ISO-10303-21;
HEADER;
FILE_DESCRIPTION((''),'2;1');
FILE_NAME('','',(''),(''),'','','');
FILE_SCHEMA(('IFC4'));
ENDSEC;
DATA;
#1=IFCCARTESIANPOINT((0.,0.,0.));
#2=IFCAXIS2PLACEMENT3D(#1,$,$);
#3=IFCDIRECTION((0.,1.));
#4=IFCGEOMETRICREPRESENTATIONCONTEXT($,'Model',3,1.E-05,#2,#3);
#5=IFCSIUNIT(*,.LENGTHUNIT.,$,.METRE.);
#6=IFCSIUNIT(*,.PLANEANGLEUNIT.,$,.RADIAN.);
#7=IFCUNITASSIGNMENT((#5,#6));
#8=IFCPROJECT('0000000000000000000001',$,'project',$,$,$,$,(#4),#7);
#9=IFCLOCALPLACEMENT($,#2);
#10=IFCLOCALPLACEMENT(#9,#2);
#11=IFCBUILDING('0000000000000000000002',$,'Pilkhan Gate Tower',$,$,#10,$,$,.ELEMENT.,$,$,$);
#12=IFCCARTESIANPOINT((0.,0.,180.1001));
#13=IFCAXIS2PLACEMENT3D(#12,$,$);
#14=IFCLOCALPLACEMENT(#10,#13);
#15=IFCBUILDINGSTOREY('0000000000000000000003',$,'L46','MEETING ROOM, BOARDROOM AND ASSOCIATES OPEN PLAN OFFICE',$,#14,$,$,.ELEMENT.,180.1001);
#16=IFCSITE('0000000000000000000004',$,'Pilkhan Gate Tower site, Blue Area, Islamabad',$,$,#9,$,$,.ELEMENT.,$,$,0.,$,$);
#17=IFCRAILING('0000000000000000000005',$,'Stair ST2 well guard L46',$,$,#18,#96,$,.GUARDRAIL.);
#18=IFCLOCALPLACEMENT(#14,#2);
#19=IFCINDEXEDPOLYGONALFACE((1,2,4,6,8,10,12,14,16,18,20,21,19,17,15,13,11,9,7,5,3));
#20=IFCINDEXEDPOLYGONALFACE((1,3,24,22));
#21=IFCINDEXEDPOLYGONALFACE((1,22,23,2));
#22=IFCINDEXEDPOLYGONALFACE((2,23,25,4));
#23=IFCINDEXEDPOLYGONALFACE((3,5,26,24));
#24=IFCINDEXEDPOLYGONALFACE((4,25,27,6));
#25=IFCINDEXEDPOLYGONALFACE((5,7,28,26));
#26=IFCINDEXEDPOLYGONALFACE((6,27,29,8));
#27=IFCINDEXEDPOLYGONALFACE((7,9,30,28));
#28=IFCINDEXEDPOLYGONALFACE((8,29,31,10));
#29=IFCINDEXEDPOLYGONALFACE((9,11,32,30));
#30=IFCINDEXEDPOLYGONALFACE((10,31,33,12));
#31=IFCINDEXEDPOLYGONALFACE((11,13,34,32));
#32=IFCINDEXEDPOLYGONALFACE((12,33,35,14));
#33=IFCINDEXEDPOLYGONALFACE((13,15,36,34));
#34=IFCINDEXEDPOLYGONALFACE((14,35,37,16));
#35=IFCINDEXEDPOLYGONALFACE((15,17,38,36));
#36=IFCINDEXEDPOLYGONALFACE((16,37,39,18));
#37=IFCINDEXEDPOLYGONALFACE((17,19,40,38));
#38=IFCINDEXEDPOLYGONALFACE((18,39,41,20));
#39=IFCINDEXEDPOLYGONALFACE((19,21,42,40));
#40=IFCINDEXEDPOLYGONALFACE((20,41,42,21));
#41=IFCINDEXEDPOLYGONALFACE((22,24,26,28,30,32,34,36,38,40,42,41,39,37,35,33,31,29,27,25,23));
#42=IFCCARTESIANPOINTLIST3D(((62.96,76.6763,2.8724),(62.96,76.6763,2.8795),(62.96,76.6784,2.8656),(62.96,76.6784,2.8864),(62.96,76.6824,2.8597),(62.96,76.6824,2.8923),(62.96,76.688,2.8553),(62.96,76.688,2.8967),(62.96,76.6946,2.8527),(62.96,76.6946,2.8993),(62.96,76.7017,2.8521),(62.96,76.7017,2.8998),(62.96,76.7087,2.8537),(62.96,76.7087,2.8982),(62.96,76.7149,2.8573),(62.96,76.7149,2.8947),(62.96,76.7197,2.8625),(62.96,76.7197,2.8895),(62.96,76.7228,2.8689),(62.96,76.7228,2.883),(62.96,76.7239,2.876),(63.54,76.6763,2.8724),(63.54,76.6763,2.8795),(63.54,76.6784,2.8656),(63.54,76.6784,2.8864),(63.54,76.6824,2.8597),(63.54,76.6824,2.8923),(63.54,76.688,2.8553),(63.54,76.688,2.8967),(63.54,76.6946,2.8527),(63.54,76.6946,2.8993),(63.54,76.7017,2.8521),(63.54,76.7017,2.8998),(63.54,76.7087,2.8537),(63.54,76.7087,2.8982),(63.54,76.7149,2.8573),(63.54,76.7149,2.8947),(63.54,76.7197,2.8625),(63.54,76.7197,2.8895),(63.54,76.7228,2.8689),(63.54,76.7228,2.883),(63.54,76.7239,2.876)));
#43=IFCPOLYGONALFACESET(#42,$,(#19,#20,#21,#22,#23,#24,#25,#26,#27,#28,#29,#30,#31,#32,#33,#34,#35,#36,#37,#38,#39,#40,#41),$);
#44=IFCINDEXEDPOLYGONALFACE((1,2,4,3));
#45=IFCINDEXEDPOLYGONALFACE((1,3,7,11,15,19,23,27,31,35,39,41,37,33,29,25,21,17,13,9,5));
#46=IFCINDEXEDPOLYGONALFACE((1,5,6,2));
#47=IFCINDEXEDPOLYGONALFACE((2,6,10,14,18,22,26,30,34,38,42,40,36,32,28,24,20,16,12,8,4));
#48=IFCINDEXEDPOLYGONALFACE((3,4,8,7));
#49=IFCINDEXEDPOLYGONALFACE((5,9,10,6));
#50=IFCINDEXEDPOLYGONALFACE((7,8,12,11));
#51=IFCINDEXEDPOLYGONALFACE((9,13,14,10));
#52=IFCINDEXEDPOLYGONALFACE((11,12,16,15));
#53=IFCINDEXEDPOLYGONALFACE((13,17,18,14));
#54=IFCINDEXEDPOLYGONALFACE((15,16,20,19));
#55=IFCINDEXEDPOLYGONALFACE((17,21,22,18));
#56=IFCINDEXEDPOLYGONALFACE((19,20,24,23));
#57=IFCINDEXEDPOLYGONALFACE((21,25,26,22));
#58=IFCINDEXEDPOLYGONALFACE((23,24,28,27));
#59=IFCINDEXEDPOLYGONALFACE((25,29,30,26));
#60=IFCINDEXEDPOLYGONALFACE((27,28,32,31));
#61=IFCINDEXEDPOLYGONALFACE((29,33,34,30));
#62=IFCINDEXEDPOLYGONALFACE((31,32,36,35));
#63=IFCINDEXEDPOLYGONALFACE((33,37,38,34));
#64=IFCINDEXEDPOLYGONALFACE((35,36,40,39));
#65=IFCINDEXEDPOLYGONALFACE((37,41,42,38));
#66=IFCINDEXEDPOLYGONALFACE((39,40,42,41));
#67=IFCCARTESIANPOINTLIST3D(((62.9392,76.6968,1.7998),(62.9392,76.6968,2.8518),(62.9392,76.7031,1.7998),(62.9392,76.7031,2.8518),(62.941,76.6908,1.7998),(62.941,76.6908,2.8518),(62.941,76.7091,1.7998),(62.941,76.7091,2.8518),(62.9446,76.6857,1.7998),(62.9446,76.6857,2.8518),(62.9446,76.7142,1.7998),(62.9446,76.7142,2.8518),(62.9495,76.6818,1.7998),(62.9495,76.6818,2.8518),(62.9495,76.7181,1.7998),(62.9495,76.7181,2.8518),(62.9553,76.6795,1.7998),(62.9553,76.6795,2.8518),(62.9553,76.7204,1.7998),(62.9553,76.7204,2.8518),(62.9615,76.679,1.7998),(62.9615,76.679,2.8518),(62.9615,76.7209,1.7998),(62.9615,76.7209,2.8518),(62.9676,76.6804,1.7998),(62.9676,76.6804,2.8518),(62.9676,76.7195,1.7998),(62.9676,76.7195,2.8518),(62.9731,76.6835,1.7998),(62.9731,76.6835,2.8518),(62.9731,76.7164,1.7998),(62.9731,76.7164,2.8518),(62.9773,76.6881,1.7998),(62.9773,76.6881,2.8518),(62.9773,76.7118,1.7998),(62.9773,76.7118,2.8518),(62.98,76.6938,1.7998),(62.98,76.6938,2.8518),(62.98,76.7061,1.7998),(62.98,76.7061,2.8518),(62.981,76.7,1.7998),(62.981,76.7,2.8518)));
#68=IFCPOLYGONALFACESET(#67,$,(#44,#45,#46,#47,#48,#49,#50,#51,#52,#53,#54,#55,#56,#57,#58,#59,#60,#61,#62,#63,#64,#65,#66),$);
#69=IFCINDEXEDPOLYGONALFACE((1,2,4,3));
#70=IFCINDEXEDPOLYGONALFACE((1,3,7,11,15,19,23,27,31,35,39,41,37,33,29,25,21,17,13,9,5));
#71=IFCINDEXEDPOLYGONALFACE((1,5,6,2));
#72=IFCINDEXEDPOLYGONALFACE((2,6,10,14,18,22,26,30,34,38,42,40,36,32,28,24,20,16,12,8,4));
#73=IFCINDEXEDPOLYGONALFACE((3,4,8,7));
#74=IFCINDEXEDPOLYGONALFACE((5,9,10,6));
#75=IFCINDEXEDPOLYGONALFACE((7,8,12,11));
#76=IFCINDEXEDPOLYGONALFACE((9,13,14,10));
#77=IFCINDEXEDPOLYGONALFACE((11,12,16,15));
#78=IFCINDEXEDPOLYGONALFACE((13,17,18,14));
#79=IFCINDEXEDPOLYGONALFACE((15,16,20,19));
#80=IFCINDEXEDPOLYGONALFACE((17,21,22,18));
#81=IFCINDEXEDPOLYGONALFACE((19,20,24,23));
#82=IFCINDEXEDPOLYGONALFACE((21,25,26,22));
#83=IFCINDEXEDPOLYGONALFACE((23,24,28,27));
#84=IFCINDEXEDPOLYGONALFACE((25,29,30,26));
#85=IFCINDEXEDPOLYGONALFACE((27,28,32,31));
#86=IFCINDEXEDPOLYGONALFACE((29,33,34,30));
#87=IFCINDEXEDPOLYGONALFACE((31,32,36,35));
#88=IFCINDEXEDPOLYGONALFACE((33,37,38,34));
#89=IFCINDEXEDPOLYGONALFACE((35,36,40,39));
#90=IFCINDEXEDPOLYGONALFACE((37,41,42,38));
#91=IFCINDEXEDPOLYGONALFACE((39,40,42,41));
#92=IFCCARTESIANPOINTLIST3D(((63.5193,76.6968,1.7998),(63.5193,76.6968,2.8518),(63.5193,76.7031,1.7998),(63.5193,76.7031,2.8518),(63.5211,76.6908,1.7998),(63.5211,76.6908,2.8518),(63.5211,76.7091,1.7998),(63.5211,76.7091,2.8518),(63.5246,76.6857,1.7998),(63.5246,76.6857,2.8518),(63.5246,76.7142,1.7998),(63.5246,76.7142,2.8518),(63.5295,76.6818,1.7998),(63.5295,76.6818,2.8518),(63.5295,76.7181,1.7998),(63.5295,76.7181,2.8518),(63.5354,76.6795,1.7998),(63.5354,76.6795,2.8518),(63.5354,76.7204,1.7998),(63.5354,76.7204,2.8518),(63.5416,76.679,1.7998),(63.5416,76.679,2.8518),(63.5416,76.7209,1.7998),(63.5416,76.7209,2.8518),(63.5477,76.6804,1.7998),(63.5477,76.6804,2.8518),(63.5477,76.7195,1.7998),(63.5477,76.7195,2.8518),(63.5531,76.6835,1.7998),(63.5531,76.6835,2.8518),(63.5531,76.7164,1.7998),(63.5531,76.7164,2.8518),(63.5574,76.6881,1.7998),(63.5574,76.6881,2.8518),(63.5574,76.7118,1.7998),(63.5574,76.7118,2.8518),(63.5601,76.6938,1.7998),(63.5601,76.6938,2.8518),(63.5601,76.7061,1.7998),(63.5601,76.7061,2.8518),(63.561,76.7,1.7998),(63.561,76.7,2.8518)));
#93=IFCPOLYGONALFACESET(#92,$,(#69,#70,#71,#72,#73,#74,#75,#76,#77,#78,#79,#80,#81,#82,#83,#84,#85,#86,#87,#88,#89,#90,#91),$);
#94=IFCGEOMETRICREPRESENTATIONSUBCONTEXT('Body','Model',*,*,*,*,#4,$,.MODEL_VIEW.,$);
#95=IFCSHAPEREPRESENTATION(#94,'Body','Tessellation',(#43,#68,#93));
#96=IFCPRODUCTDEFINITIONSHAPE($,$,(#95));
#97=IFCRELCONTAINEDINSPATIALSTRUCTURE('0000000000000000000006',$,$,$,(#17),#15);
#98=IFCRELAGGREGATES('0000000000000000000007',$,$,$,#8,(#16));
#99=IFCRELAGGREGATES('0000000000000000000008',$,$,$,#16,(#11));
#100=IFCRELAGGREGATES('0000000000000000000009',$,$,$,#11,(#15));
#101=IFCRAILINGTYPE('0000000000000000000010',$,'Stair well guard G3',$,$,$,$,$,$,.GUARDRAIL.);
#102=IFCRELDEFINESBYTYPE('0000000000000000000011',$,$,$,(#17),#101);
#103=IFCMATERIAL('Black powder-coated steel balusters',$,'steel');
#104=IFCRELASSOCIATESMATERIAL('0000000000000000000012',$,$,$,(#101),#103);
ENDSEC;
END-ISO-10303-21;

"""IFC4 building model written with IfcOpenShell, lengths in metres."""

from ifc_helpers import new_model, si_unit, direction, frame, origin, origin_2d, place, context, subcontext, project, spatial, circle, extrude, material, type_object, element, save


model = new_model("IFC4")

# Units and contexts
model_context = context("Model", 3, precision=1e-05, world=origin(), true_north=direction((0.0, 1.0)))
body_context = subcontext(model_context, "Body", "Model", "MODEL_VIEW")
ifc_project = project(units=[si_unit("LENGTHUNIT", "METRE"), si_unit("PLANEANGLEUNIT", "RADIAN")], contexts=[model_context])

# Site, building, storey
site_placement = place(None, origin())
site = spatial("IfcSite", under=ifc_project, at=site_placement, Name="Pilkhan Gate Tower site, Blue Area, Islamabad", CompositionType="ELEMENT", RefElevation=0.0)
building_placement = place(site_placement, origin())
building = spatial("IfcBuilding", under=site, at=building_placement, Name="Pilkhan Gate Tower", CompositionType="ELEMENT")
storey_placement = place(building_placement, frame((0.0, 0.0, 180.1001)))
storey = spatial("IfcBuildingStorey", under=building, at=storey_placement, Name="L46", Description="MEETING ROOM, BOARDROOM AND ASSOCIATES OPEN PLAN OFFICE", CompositionType="ELEMENT", Elevation=180.1001)

# Railing
ifc_material_1 = material(Name="Black powder-coated steel balusters", Category="steel")
railing_type_1 = type_object("IfcRailingType", Name="Stair well guard G3", PredefinedType="GUARDRAIL", material=ifc_material_1)
for number, where, name in (
    (1, (62.96, 76.7, 1.7998), "Stair ST2 well guard L46"),
):
    element("IfcRailing", number, at=place(storey_placement, frame(where)), inside=storey, type_object=railing_type_1, Name=name, PredefinedType="GUARDRAIL", context=body_context, shape_type="SweptSolid", body=[
        extrude(circle(Radius=0.0239, at=origin_2d()), frame((0.0, 0.0, 1.0762), z_axis=(1.0, 0.0, 0.0), x_axis=(0.0, 1.0, 0.0)), (0.0, 0.0, 1.0), 0.5801),
        extrude(circle(Radius=0.021, at=origin_2d()), origin(), (0.0, 0.0, 1.0), 1.052),
        extrude(circle(Radius=0.021, at=origin_2d()), frame((0.5801, 0.0, 0.0)), (0.0, 0.0, 1.0), 1.052),
    ])

save(model, "model.ifc")
